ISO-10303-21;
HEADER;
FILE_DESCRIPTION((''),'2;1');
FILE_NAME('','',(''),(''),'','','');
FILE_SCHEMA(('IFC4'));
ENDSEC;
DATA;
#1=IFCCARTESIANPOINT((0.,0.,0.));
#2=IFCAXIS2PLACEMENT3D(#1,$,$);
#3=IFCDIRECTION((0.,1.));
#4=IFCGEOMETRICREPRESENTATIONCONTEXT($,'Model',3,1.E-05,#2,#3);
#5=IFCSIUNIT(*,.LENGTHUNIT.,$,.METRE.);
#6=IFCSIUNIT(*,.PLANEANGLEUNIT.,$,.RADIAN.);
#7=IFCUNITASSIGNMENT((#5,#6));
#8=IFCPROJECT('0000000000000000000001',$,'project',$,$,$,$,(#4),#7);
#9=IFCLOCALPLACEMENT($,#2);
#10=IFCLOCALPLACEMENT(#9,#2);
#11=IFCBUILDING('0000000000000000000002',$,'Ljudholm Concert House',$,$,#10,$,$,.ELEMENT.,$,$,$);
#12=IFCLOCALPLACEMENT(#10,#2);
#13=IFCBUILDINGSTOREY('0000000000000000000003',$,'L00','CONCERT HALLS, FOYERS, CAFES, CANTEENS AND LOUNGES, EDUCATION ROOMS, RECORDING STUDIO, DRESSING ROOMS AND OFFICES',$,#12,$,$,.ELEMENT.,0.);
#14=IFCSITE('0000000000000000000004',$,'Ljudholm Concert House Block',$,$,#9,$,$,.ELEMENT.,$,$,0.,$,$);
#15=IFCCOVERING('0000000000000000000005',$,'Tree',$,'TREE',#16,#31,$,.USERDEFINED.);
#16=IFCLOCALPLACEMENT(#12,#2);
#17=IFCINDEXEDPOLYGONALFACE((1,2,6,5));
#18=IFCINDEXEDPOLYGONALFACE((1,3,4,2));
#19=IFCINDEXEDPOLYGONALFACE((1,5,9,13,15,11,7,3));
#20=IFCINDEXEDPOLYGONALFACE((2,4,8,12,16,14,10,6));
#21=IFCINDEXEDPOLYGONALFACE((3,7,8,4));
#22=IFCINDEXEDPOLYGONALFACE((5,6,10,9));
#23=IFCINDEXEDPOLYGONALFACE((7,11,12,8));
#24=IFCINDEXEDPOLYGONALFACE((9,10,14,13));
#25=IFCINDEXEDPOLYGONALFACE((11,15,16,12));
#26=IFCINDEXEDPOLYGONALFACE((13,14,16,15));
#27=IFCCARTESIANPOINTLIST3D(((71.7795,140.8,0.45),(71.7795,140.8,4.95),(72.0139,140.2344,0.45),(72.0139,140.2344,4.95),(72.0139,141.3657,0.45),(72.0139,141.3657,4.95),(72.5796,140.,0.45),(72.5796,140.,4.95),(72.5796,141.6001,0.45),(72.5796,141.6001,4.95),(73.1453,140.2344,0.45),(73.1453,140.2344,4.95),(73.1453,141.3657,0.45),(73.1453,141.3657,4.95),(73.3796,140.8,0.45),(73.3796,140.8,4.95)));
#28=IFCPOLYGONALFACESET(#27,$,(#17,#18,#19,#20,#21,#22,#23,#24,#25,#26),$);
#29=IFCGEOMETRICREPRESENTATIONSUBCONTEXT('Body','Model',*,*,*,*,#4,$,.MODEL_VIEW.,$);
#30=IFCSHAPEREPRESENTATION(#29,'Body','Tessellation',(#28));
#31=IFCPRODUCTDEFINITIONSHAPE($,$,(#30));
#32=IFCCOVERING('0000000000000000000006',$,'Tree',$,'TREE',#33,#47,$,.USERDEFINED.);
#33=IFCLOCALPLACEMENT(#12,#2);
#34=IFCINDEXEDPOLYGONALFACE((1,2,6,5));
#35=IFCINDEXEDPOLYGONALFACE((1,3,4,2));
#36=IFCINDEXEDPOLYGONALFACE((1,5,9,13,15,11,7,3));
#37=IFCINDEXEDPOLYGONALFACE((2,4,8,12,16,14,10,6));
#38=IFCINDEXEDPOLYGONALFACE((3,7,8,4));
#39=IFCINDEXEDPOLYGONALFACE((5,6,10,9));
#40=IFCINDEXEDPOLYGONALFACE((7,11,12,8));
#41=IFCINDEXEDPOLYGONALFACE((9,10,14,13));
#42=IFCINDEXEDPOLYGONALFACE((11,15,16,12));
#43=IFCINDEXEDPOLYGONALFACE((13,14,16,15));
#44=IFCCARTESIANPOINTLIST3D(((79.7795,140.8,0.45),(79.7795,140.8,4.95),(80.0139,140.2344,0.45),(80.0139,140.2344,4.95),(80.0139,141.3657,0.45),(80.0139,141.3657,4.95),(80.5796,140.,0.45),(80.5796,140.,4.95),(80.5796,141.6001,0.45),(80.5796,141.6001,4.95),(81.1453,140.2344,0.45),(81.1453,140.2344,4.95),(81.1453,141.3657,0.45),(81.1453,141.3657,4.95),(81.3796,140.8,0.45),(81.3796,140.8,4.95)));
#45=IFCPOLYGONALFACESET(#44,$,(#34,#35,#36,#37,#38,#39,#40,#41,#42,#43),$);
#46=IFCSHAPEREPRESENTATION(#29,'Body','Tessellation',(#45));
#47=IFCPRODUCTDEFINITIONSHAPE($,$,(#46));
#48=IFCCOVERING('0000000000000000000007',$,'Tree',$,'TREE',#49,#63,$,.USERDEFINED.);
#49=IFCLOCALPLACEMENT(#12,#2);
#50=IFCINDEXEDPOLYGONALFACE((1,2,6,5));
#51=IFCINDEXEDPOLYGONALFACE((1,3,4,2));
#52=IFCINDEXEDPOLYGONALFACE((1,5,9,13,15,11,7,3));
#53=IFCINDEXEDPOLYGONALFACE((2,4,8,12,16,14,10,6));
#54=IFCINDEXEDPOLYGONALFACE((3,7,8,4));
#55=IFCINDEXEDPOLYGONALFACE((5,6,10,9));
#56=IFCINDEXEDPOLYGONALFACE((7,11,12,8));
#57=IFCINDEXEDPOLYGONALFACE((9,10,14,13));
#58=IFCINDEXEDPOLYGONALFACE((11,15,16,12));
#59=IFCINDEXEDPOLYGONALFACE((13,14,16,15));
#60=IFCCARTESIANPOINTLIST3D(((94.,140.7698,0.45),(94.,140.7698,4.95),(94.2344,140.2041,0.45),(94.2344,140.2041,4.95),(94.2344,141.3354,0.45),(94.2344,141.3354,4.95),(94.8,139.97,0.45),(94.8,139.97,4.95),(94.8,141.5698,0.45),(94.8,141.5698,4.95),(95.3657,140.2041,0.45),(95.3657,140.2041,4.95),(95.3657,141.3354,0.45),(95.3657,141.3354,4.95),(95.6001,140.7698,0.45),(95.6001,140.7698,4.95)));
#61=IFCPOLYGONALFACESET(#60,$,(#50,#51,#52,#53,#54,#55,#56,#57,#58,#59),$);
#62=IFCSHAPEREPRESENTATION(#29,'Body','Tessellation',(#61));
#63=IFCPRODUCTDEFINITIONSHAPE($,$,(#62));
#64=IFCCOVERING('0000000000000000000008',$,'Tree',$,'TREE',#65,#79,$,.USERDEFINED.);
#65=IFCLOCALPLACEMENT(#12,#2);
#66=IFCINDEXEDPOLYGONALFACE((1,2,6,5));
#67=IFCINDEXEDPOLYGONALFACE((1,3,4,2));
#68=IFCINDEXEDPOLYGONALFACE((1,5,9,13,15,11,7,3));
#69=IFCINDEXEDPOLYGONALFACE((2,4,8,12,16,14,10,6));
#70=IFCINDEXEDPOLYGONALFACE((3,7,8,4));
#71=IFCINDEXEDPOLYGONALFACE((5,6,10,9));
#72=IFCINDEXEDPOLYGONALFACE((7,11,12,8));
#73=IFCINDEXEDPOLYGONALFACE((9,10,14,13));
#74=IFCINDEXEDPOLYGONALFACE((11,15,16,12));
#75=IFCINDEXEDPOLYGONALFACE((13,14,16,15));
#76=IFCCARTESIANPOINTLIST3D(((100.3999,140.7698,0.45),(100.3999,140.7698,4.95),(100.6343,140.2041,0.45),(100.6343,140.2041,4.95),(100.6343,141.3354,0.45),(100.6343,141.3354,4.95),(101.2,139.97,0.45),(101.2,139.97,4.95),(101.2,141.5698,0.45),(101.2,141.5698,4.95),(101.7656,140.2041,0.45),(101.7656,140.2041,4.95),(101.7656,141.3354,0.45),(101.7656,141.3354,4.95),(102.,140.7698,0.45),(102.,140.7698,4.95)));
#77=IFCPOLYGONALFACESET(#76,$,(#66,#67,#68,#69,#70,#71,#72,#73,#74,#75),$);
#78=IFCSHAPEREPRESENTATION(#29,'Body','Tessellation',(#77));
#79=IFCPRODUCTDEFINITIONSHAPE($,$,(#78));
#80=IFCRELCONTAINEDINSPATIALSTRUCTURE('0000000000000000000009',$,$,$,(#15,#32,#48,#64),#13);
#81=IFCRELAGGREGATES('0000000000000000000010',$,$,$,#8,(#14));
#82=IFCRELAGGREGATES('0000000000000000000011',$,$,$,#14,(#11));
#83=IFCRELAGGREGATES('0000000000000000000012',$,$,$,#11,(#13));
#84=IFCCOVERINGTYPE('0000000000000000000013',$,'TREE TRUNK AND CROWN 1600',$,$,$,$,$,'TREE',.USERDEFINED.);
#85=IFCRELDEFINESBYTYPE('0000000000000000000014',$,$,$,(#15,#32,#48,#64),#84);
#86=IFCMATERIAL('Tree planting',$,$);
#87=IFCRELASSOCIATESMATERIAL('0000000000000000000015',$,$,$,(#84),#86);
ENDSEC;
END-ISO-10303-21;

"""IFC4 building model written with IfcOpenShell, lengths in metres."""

from ifc_helpers import new_model, si_unit, direction, frame, origin, place, context, subcontext, project, spatial, polyline, outline, extrude, material, type_object, element, save


model = new_model("IFC4")

# Units and contexts
model_context = context("Model", 3, precision=1e-05, world=origin(), true_north=direction((0.0, 1.0)))
body_context = subcontext(model_context, "Body", "Model", "MODEL_VIEW")
ifc_project = project(units=[si_unit("LENGTHUNIT", "METRE"), si_unit("PLANEANGLEUNIT", "RADIAN")], contexts=[model_context])

# Site, building, storey
site_placement = place(None, origin())
site = spatial("IfcSite", under=ifc_project, at=site_placement, Name="Ljudholm Concert House Block", CompositionType="ELEMENT", RefElevation=0.0)
building_placement = place(site_placement, origin())
building = spatial("IfcBuilding", under=site, at=building_placement, Name="Ljudholm Concert House", CompositionType="ELEMENT")
storey_placement = place(building_placement, origin())
storey = spatial("IfcBuildingStorey", under=building, at=storey_placement, Name="L00", Description="CONCERT HALLS, FOYERS, CAFES, CANTEENS AND LOUNGES, EDUCATION ROOMS, RECORDING STUDIO, DRESSING ROOMS AND OFFICES", CompositionType="ELEMENT", Elevation=0.0)

# Coverings
ifc_material_1 = material(Name="Tree planting")
covering_type = type_object("IfcCoveringType", Name="TREE TRUNK AND CROWN 1600", ElementType="TREE", PredefinedType="USERDEFINED", material=ifc_material_1)
covering_1_placement = place(storey_placement, frame((0.0, 0.0, 0.45)))
element("IfcCovering", 1, at=covering_1_placement, inside=storey, type_object=covering_type, Name="Tree", ObjectType="TREE", PredefinedType="USERDEFINED", context=body_context, shape_type="SweptSolid", body=[
    extrude(outline(polyline([(73.3796, 140.8), (73.1453, 141.3657), (72.5796, 141.6001), (72.0139, 141.3657), (71.7795, 140.8), (72.0139, 140.2344), (72.5796, 140.0), (73.1453, 140.2344), (73.3796, 140.8)])), origin(), (0.0, 0.0, 1.0), 4.5),
])
covering_2_placement = place(storey_placement, frame((0.0, 0.0, 0.45)))
element("IfcCovering", 2, at=covering_2_placement, inside=storey, type_object=covering_type, Name="Tree", ObjectType="TREE", PredefinedType="USERDEFINED", context=body_context, shape_type="SweptSolid", body=[
    extrude(outline(polyline([(81.3796, 140.8), (81.1453, 141.3657), (80.5796, 141.6001), (80.0139, 141.3657), (79.7795, 140.8), (80.0139, 140.2344), (80.5796, 140.0), (81.1453, 140.2344), (81.3796, 140.8)])), origin(), (0.0, 0.0, 1.0), 4.5),
])
covering_3_placement = place(storey_placement, frame((0.0, 0.0, 0.45)))
element("IfcCovering", 3, at=covering_3_placement, inside=storey, type_object=covering_type, Name="Tree", ObjectType="TREE", PredefinedType="USERDEFINED", context=body_context, shape_type="SweptSolid", body=[
    extrude(outline(polyline([(95.6001, 140.7698), (95.3657, 141.3354), (94.8, 141.5698), (94.2344, 141.3354), (94.0, 140.7698), (94.2344, 140.2041), (94.8, 139.97), (95.3657, 140.2041), (95.6001, 140.7698)])), origin(), (0.0, 0.0, 1.0), 4.5),
])
covering_4_placement = place(storey_placement, frame((0.0, 0.0, 0.45)))
element("IfcCovering", 4, at=covering_4_placement, inside=storey, type_object=covering_type, Name="Tree", ObjectType="TREE", PredefinedType="USERDEFINED", context=body_context, shape_type="SweptSolid", body=[
    extrude(outline(polyline([(102.0, 140.7698), (101.7656, 141.3354), (101.2, 141.5698), (100.6343, 141.3354), (100.3999, 140.7698), (100.6343, 140.2041), (101.2, 139.97), (101.7656, 140.2041), (102.0, 140.7698)])), origin(), (0.0, 0.0, 1.0), 4.5),
])

save(model, "model.ifc")
